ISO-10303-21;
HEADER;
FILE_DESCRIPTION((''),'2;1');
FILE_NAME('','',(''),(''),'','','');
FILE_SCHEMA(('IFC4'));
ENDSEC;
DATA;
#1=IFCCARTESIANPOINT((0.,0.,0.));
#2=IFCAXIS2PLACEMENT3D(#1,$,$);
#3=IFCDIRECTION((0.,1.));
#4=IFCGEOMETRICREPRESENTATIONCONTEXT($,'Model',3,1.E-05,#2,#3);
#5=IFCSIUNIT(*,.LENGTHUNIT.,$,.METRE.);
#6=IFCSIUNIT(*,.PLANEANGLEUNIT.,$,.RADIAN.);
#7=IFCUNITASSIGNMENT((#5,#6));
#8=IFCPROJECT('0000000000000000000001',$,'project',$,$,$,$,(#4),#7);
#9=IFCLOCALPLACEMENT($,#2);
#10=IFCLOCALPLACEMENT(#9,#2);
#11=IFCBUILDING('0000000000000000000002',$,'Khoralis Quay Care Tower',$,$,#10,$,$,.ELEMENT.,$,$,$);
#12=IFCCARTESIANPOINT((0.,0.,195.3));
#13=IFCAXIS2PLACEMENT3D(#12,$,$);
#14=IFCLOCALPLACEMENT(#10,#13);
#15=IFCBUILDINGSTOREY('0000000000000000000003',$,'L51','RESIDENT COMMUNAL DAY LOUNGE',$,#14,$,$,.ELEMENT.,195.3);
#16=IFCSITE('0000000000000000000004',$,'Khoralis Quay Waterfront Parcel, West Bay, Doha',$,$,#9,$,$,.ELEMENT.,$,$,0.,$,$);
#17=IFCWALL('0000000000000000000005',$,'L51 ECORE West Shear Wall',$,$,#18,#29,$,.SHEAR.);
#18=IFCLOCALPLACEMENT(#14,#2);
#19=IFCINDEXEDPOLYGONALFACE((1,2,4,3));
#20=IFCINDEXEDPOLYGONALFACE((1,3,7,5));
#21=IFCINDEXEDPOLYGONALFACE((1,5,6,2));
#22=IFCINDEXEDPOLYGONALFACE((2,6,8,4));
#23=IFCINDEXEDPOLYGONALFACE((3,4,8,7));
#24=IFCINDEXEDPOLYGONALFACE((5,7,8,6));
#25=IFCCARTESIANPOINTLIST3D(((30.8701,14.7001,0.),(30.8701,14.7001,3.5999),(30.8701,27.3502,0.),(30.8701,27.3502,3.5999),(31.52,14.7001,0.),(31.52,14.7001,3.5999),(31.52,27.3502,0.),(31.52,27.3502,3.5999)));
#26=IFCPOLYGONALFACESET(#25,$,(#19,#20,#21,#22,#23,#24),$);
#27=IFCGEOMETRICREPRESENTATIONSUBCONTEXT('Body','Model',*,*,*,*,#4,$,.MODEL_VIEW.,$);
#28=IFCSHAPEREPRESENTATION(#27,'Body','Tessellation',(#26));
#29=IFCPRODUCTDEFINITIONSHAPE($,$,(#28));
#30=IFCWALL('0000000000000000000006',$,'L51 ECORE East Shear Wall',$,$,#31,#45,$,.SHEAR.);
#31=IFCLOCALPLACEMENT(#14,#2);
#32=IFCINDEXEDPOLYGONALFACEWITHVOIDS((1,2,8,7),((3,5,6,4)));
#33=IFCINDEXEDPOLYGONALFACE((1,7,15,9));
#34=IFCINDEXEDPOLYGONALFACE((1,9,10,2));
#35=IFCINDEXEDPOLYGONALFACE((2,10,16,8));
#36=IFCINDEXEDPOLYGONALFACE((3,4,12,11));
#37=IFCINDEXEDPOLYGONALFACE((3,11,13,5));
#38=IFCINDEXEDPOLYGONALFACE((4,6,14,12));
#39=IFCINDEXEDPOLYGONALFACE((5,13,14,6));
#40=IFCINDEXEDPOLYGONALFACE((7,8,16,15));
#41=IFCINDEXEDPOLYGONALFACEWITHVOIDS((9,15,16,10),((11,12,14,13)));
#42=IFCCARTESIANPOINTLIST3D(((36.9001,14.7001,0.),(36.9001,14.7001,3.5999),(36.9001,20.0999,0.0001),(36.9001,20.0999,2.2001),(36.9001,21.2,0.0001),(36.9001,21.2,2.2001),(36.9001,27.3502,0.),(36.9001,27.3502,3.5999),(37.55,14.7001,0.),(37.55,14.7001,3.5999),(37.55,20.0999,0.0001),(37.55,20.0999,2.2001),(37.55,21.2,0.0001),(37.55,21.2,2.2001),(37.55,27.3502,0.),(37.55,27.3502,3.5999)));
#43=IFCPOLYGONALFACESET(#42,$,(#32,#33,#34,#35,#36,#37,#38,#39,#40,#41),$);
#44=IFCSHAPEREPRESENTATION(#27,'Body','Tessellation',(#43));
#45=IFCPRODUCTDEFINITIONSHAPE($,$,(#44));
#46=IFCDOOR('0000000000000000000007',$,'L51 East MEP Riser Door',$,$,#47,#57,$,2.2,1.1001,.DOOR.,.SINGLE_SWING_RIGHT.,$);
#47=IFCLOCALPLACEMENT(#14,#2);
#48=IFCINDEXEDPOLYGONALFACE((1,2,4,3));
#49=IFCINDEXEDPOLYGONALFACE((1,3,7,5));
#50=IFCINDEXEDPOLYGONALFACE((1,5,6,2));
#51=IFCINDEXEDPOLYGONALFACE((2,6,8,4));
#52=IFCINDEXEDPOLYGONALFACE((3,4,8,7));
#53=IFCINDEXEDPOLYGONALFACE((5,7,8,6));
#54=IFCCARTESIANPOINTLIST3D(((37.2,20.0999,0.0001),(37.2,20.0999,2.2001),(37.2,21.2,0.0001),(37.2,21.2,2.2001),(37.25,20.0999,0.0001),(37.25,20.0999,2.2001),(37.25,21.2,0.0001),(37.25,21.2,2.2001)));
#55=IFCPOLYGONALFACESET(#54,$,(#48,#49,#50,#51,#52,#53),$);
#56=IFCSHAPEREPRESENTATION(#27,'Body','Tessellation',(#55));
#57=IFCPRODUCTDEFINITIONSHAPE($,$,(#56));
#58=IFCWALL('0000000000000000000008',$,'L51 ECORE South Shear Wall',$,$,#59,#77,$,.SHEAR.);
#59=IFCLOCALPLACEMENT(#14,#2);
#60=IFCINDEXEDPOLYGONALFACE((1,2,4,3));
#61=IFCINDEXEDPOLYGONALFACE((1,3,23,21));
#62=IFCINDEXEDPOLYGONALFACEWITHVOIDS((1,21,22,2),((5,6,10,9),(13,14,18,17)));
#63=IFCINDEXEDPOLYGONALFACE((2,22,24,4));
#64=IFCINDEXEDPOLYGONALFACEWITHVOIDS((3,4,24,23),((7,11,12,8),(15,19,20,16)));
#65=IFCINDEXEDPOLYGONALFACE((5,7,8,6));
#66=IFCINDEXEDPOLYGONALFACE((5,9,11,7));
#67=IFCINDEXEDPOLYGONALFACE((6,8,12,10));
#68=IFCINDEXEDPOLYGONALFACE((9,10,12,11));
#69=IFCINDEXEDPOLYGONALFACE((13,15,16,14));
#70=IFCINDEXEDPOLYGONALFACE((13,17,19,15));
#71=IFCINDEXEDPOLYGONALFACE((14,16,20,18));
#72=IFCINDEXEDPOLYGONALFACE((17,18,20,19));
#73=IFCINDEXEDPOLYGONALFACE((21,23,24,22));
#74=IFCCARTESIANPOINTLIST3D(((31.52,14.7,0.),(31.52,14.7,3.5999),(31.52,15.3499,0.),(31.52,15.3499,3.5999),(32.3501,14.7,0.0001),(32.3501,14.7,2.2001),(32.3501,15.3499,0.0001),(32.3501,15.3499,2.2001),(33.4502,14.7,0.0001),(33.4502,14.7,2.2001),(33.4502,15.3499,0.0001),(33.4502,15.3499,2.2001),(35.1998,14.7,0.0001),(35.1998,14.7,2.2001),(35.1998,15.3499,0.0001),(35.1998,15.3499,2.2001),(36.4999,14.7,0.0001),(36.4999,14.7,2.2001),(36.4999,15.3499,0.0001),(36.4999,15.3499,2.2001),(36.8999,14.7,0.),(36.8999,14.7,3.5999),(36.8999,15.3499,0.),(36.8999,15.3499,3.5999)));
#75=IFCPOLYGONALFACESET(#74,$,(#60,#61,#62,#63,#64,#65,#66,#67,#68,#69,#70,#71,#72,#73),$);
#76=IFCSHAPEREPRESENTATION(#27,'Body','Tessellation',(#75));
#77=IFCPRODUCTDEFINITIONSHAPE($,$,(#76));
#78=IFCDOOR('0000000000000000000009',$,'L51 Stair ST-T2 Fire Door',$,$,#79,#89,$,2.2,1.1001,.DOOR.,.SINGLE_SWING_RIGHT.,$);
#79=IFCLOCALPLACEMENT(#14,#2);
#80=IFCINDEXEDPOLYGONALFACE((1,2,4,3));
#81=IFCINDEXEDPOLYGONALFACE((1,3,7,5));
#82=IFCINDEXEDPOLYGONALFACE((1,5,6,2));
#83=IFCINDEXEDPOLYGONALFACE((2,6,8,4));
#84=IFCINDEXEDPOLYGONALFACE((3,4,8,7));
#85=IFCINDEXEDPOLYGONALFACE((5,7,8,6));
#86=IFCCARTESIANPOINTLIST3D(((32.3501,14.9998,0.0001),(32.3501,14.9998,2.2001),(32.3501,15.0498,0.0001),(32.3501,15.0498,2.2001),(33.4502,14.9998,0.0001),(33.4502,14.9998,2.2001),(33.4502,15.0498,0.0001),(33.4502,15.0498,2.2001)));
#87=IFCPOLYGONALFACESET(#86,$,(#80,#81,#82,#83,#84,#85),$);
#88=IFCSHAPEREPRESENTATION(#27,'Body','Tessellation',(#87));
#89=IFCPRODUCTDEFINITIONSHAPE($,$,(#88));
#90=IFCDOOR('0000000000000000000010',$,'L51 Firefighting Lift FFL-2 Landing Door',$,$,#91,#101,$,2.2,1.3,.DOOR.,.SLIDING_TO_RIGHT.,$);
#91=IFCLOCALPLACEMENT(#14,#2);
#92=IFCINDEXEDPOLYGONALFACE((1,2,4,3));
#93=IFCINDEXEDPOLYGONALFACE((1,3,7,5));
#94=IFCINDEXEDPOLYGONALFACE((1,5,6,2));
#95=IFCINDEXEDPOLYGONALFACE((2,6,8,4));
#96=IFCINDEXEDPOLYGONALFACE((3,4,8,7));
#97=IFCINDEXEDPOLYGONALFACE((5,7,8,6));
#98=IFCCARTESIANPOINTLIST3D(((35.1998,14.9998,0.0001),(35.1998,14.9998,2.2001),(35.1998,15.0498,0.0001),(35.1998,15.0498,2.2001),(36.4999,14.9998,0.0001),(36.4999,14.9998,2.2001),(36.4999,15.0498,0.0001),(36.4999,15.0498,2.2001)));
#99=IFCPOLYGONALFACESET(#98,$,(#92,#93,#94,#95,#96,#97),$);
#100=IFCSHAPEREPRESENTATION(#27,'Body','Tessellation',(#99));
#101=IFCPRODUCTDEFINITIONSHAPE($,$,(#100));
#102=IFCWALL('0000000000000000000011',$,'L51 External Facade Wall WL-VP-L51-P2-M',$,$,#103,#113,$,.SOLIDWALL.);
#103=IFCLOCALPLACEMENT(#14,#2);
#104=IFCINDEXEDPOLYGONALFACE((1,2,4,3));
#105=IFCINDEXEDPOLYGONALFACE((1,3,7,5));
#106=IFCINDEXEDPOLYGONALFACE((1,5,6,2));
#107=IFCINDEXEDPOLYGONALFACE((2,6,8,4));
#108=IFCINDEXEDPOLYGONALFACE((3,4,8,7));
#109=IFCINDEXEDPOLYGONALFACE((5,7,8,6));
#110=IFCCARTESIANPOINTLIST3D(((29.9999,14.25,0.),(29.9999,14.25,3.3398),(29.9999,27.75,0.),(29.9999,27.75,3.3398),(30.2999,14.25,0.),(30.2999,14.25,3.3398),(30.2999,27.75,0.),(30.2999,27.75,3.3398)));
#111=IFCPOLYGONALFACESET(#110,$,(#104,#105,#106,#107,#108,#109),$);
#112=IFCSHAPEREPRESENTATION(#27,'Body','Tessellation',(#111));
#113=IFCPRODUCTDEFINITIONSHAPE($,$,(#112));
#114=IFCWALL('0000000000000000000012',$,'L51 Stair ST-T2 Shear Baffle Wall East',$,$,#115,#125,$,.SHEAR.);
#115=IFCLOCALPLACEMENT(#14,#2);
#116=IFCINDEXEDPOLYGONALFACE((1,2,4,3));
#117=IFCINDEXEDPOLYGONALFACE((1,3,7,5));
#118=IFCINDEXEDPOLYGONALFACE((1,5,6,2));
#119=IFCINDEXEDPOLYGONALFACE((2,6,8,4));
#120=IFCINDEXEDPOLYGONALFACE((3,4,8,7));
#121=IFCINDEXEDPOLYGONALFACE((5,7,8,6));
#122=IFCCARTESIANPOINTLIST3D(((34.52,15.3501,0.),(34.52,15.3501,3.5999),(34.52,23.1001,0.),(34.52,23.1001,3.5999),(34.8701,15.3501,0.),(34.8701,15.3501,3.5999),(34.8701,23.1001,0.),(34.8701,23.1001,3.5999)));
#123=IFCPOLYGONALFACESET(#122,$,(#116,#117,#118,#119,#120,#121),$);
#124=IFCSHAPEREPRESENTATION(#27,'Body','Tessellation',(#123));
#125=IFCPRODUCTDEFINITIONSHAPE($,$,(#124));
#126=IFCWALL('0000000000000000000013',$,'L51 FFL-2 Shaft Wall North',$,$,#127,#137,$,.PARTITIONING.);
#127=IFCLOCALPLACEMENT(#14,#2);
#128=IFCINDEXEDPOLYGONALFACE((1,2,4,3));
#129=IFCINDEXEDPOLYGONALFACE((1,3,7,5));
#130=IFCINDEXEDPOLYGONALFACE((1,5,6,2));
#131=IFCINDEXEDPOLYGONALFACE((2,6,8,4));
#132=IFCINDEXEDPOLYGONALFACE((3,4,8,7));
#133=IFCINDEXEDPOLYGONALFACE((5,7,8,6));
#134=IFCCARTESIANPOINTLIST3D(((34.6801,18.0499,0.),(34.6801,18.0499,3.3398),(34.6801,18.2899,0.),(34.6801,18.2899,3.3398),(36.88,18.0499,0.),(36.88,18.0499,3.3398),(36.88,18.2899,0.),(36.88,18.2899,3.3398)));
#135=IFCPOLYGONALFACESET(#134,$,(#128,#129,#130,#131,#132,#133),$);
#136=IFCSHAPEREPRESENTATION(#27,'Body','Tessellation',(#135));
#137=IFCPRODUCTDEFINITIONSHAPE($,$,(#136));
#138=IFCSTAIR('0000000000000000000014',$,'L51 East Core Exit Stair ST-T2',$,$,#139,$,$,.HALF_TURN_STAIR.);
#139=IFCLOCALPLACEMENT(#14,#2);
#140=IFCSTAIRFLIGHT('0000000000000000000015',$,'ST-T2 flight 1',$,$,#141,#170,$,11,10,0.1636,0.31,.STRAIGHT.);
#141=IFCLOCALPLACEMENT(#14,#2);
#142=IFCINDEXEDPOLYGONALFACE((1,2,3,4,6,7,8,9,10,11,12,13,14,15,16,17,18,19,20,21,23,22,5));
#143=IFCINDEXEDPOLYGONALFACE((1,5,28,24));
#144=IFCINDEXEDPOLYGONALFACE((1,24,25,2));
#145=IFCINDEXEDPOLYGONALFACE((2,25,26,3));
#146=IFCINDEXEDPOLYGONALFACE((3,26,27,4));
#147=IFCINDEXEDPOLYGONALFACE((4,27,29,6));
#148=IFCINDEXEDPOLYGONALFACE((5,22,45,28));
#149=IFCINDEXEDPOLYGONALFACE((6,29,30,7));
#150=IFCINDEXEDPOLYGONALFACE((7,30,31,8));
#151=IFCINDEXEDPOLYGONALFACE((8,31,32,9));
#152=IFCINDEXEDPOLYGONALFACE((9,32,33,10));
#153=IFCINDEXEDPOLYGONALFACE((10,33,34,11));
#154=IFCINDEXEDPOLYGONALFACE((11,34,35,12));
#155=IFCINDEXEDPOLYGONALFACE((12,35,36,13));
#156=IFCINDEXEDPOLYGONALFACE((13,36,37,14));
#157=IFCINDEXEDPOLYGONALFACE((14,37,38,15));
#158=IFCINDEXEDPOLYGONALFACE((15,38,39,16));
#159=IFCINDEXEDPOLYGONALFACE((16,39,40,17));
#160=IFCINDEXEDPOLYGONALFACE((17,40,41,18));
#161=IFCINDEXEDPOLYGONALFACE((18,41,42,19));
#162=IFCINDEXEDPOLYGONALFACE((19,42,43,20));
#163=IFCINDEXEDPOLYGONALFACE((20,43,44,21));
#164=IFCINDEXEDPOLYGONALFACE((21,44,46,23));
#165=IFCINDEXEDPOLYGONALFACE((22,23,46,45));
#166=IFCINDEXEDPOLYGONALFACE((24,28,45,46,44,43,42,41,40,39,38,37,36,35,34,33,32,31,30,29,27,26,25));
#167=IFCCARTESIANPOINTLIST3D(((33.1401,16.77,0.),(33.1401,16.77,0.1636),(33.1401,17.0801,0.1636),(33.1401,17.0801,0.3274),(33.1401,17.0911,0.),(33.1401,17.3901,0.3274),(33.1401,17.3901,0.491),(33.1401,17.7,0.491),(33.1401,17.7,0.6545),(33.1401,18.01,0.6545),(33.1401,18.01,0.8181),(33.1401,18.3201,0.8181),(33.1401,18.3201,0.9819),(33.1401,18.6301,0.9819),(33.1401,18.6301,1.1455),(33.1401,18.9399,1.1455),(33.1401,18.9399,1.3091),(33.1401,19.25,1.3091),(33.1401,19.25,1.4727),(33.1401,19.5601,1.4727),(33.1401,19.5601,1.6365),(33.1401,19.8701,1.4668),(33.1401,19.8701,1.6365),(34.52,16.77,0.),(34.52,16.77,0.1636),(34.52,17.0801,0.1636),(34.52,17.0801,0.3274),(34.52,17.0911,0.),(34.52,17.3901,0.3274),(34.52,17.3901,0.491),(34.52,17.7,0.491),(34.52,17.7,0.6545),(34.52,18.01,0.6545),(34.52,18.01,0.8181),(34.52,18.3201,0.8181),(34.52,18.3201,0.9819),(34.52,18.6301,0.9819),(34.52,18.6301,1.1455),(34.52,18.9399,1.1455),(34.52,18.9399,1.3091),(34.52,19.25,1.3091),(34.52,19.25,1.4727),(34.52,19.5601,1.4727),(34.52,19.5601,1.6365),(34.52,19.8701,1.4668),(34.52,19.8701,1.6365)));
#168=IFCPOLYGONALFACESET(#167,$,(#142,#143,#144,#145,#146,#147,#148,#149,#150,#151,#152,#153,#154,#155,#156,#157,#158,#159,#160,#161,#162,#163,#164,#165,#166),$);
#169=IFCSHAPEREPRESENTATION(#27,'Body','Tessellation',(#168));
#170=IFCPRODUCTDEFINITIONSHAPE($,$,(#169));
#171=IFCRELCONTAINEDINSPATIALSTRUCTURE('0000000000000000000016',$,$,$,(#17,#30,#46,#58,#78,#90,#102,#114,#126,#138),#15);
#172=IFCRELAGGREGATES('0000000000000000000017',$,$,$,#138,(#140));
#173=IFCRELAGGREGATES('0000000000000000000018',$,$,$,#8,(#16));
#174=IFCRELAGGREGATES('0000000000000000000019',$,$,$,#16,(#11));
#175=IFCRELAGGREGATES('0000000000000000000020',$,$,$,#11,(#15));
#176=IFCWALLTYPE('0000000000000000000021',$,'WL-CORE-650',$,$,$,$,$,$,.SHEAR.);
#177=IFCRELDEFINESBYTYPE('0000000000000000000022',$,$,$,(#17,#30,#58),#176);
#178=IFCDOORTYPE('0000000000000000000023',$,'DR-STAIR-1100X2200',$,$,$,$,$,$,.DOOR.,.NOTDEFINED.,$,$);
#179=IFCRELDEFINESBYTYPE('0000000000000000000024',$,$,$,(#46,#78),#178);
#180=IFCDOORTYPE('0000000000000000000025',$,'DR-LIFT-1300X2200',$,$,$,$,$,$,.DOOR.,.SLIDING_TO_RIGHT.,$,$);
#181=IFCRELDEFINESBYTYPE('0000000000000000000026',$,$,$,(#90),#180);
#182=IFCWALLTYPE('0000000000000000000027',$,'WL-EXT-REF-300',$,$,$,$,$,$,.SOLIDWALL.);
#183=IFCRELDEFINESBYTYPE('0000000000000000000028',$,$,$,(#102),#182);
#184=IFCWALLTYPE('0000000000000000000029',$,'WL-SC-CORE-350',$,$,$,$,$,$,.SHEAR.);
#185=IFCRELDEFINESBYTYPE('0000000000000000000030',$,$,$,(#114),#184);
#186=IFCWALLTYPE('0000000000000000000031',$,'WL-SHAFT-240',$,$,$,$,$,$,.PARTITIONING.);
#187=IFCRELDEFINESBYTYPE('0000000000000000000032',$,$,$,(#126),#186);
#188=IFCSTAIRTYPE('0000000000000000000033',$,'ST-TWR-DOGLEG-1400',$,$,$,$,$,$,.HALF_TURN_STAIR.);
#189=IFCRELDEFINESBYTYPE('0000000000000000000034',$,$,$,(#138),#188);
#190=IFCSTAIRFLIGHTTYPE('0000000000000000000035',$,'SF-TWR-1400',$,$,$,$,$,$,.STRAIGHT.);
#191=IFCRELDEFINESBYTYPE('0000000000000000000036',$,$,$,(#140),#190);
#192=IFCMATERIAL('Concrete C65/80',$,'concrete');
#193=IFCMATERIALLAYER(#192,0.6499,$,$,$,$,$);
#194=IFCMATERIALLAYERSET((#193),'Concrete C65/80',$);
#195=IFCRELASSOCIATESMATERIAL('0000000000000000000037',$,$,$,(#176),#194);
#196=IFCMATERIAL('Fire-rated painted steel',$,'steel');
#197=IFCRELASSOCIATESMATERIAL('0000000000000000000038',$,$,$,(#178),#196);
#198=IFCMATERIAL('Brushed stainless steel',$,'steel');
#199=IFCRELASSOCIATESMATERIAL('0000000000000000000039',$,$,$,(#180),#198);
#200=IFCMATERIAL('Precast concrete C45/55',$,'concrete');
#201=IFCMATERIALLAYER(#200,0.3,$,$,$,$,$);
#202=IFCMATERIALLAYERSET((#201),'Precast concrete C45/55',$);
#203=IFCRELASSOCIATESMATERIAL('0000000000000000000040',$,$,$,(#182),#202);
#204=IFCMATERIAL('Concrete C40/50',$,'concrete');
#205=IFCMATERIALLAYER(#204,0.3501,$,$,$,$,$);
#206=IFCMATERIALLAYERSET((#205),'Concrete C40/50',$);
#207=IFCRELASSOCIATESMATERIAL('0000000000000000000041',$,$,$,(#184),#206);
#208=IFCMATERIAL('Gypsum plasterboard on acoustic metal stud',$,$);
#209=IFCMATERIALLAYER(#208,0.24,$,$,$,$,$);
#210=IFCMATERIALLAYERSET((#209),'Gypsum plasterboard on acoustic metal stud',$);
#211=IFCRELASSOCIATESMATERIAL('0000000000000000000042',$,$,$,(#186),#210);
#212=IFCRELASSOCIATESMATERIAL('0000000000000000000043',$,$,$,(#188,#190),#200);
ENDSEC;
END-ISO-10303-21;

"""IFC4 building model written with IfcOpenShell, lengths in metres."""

from ifc_helpers import new_model, si_unit, direction, frame, frame_2d, origin, place, context, subcontext, project, spatial, polyline, rectangle, outline, extrude, source, transform, mapped, material, layer, layer_set, type_object, element, fill, aggregate, save


model = new_model("IFC4")

# Units and contexts
model_context = context("Model", 3, precision=1e-05, world=origin(), true_north=direction((0.0, 1.0)))
body_context = subcontext(model_context, "Body", "Model", "MODEL_VIEW")
ifc_project = project(units=[si_unit("LENGTHUNIT", "METRE"), si_unit("PLANEANGLEUNIT", "RADIAN")], contexts=[model_context])

# Site, building, storey
site_placement = place(None, origin())
site = spatial("IfcSite", under=ifc_project, at=site_placement, Name="Khoralis Quay Waterfront Parcel, West Bay, Doha", CompositionType="ELEMENT", RefElevation=0.0)
building_placement = place(site_placement, origin())
building = spatial("IfcBuilding", under=site, at=building_placement, Name="Khoralis Quay Care Tower", CompositionType="ELEMENT")
storey_placement = place(building_placement, frame((0.0, 0.0, 195.3)))
storey = spatial("IfcBuildingStorey", under=building, at=storey_placement, Name="L51", Description="RESIDENT COMMUNAL DAY LOUNGE", CompositionType="ELEMENT", Elevation=195.3)

# Wall
ifc_material_1 = material(Name="Gypsum plasterboard on acoustic metal stud")
ifc_material_2 = material(Name="Concrete C65/80", Category="concrete")
ifc_layer_1 = layer(ifc_material_2, 0.6499)
ifc_layer_set_1 = layer_set([ifc_layer_1], Name="Concrete C65/80")
wall_type_1 = type_object("IfcWallType", Name="WL-CORE-650", PredefinedType="SHEAR", material=ifc_layer_set_1)
wall_1_placement = place(storey_placement, frame((31.1951, 14.7, 0.0), z_axis=(0.0, 0.0, 1.0), x_axis=(0.0, 1.0, 0.0)))
element("IfcWall", 1, at=wall_1_placement, inside=storey, type_object=wall_type_1, Name="L51 ECORE West Shear Wall", PredefinedType="SHEAR", context=body_context, shape_type="SweptSolid", body=[
    extrude(rectangle(XDim=12.6501, YDim=0.6499, at=frame_2d((6.3252, 0.0))), origin(), (0.0, 0.0, 1.0), 3.5999),
])

# Wall, opening, door
wall_2_placement = place(storey_placement, frame((37.2251, 14.7, 0.0), z_axis=(0.0, 0.0, 1.0), x_axis=(0.0, 1.0, 0.0)))
wall_2 = element("IfcWall", 2, at=wall_2_placement, inside=storey, type_object=wall_type_1, Name="L51 ECORE East Shear Wall", PredefinedType="SHEAR", context=body_context, shape_type="SweptSolid", body=[
    extrude(rectangle(XDim=12.6501, YDim=0.6499, at=frame_2d((6.3252, 0.0))), origin(), (0.0, 0.0, 1.0), 3.5999),
])
opening_1_placement = place(wall_2_placement, frame((5.3999, 0.0, 0.0)))
opening_1 = element("IfcOpeningElement", 3, at=opening_1_placement, cuts=wall_2, PredefinedType="OPENING", context=body_context, shape_type="SweptSolid", body=[
    extrude(rectangle(XDim=1.1001, YDim=2.2, at=frame_2d((0.55, 1.1001))), frame((0.0, 0.335, 0.0), z_axis=(0.0, -1.0, 0.0), x_axis=(1.0, 0.0, 0.0)), (0.0, 0.0, 1.0), 0.6699),
])
ifc_material_3 = material(Name="Fire-rated painted steel", Category="steel")
door_type_1 = type_object("IfcDoorType", Name="DR-STAIR-1100X2200", OperationType="NOTDEFINED", PredefinedType="DOOR", material=ifc_material_3)
shared_shape_1 = source(origin(), body_context, "Body", "SweptSolid", [
    extrude(rectangle(XDim=1.1001, YDim=2.2, at=frame_2d((0.55, 1.1001))), frame((0.0, 0.0249, 0.0), z_axis=(0.0, -1.0, 0.0), x_axis=(1.0, 0.0, 0.0)), (0.0, 0.0, 1.0), 0.05),
])
door_1_placement = place(opening_1_placement, frame((1.1001, 0.0, 0.0), z_axis=(0.0, 0.0, 1.0), x_axis=(-1.0, 0.0, 0.0)))
door_1 = element("IfcDoor", 4, at=door_1_placement, inside=storey, type_object=door_type_1, Name="L51 East MEP Riser Door", OperationType="SINGLE_SWING_RIGHT", OverallHeight=2.2, OverallWidth=1.1001, PredefinedType="DOOR", context=body_context, shape_type="MappedRepresentation", body=[
    mapped(shared_shape_1, transform((0.0, 0.0, 0.0), scale=1.0)),
])
fill(opening_1, door_1)

# Wall, openings, doors
wall_3_placement = place(storey_placement, frame((31.52, 15.0249, 0.0), z_axis=(0.0, 0.0, 1.0), x_axis=(1.0, 0.0, 0.0)))
wall_3 = element("IfcWall", 5, at=wall_3_placement, inside=storey, type_object=wall_type_1, Name="L51 ECORE South Shear Wall", PredefinedType="SHEAR", context=body_context, shape_type="SweptSolid", body=[
    extrude(rectangle(XDim=5.3799, YDim=0.6499, at=frame_2d((2.6899, 0.0))), origin(), (0.0, 0.0, 1.0), 3.5999),
])
opening_2_placement = place(wall_3_placement, frame((0.8301, 0.0, 0.0)))
opening_2 = element("IfcOpeningElement", 6, at=opening_2_placement, cuts=wall_3, PredefinedType="OPENING", context=body_context, shape_type="SweptSolid", body=[
    extrude(rectangle(XDim=1.1001, YDim=2.2, at=frame_2d((0.55, 1.1001))), frame((0.0, 0.335, 0.0), z_axis=(0.0, -1.0, 0.0), x_axis=(1.0, 0.0, 0.0)), (0.0, 0.0, 1.0), 0.6699),
])
opening_3_placement = place(wall_3_placement, frame((3.6799, 0.0, 0.0)))
opening_3 = element("IfcOpeningElement", 7, at=opening_3_placement, cuts=wall_3, PredefinedType="OPENING", context=body_context, shape_type="SweptSolid", body=[
    extrude(rectangle(XDim=1.3, YDim=2.2, at=frame_2d((0.6499, 1.1001))), frame((0.0, 0.335, 0.0), z_axis=(0.0, -1.0, 0.0), x_axis=(1.0, 0.0, 0.0)), (0.0, 0.0, 1.0), 0.6699),
])
door_2_placement = place(opening_2_placement, origin())
door_2 = element("IfcDoor", 8, at=door_2_placement, inside=storey, type_object=door_type_1, Name="L51 Stair ST-T2 Fire Door", OperationType="SINGLE_SWING_RIGHT", OverallHeight=2.2, OverallWidth=1.1001, PredefinedType="DOOR", context=body_context, shape_type="MappedRepresentation", body=[
    mapped(shared_shape_1, transform((0.0, 0.0, 0.0), scale=1.0)),
])
fill(opening_2, door_2)
ifc_material_4 = material(Name="Brushed stainless steel", Category="steel")
door_type_2 = type_object("IfcDoorType", Name="DR-LIFT-1300X2200", OperationType="SLIDING_TO_RIGHT", PredefinedType="DOOR", material=ifc_material_4)
shared_shape_2 = source(origin(), body_context, "Body", "SweptSolid", [
    extrude(rectangle(XDim=1.3, YDim=2.2, at=frame_2d((0.6499, 1.1001))), frame((0.0, 0.0249, 0.0), z_axis=(0.0, -1.0, 0.0), x_axis=(1.0, 0.0, 0.0)), (0.0, 0.0, 1.0), 0.05),
])
door_3_placement = place(opening_3_placement, origin())
door_3 = element("IfcDoor", 9, at=door_3_placement, inside=storey, type_object=door_type_2, Name="L51 Firefighting Lift FFL-2 Landing Door", OperationType="SLIDING_TO_RIGHT", OverallHeight=2.2, OverallWidth=1.3, PredefinedType="DOOR", context=body_context, shape_type="MappedRepresentation", body=[
    mapped(shared_shape_2, transform((0.0, 0.0, 0.0), scale=1.0)),
])
fill(opening_3, door_3)

# Walls
ifc_material_5 = material(Name="Precast concrete C45/55", Category="concrete")
ifc_layer_2 = layer(ifc_material_5, 0.3)
ifc_layer_set_2 = layer_set([ifc_layer_2], Name="Precast concrete C45/55")
wall_type_2 = type_object("IfcWallType", Name="WL-EXT-REF-300", PredefinedType="SOLIDWALL", material=ifc_layer_set_2)
wall_4_placement = place(storey_placement, frame((30.1499, 14.25, 0.0), z_axis=(0.0, 0.0, 1.0), x_axis=(0.0, 1.0, 0.0)))
element("IfcWall", 10, at=wall_4_placement, inside=storey, type_object=wall_type_2, Name="L51 External Facade Wall WL-VP-L51-P2-M", PredefinedType="SOLIDWALL", context=body_context, shape_type="SweptSolid", body=[
    extrude(rectangle(XDim=13.5, YDim=0.3, at=frame_2d((6.75, 0.0))), origin(), (0.0, 0.0, 1.0), 3.3398),
])
ifc_material_6 = material(Name="Concrete C40/50", Category="concrete")
ifc_layer_3 = layer(ifc_material_6, 0.3501)
ifc_layer_set_3 = layer_set([ifc_layer_3], Name="Concrete C40/50")
wall_type_3 = type_object("IfcWallType", Name="WL-SC-CORE-350", PredefinedType="SHEAR", material=ifc_layer_set_3)
wall_5_placement = place(storey_placement, frame((34.6951, 15.3501, 0.0), z_axis=(0.0, 0.0, 1.0), x_axis=(0.0, 1.0, 0.0)))
element("IfcWall", 11, at=wall_5_placement, inside=storey, type_object=wall_type_3, Name="L51 Stair ST-T2 Shear Baffle Wall East", PredefinedType="SHEAR", context=body_context, shape_type="SweptSolid", body=[
    extrude(rectangle(XDim=7.75, YDim=0.3501, at=frame_2d((3.875, 0.0))), origin(), (0.0, 0.0, 1.0), 3.5999),
])
ifc_layer_4 = layer(ifc_material_1, 0.24)
ifc_layer_set_4 = layer_set([ifc_layer_4], Name="Gypsum plasterboard on acoustic metal stud")
wall_type_4 = type_object("IfcWallType", Name="WL-SHAFT-240", PredefinedType="PARTITIONING", material=ifc_layer_set_4)
wall_6_placement = place(storey_placement, frame((34.6799, 18.1699, 0.0), z_axis=(0.0, 0.0, 1.0), x_axis=(1.0, 0.0, 0.0)))
element("IfcWall", 12, at=wall_6_placement, inside=storey, type_object=wall_type_4, Name="L51 FFL-2 Shaft Wall North", PredefinedType="PARTITIONING", context=body_context, shape_type="SweptSolid", body=[
    extrude(rectangle(XDim=2.2, YDim=0.24, at=frame_2d((1.1001, 0.0))), origin(), (0.0, 0.0, 1.0), 3.3398),
])

# Stair, stair flight
stair_type = type_object("IfcStairType", Name="ST-TWR-DOGLEG-1400", PredefinedType="HALF_TURN_STAIR", material=ifc_material_5)
stair_placement = place(storey_placement, origin())
stair = element("IfcStair", 13, at=stair_placement, inside=storey, type_object=stair_type, Name="L51 East Core Exit Stair ST-T2", PredefinedType="HALF_TURN_STAIR")
stair_flight_type = type_object("IfcStairFlightType", Name="SF-TWR-1400", PredefinedType="STRAIGHT", material=ifc_material_5)
shared_shape_3 = source(origin(), body_context, "Body", "SweptSolid", [
    extrude(outline(polyline([(0.0, 0.0), (0.0, 0.1636), (0.3101, 0.1636), (0.3101, 0.3274), (0.6201, 0.3274), (0.6201, 0.491), (0.9299, 0.491), (0.9299, 0.6545), (1.24, 0.6545), (1.24, 0.8181), (1.55, 0.8181), (1.55, 0.9819), (1.8601, 0.9819), (1.8601, 1.1455), (2.1699, 1.1455), (2.1699, 1.3091), (2.48, 1.3091), (2.48, 1.4727), (2.79, 1.4727), (2.79, 1.6365), (3.1001, 1.6365), (3.1001, 1.8), (3.1001, 1.4668), (0.321, 0.0), (0.0, 0.0)])), frame((0.0, 0.6899, 0.0), z_axis=(0.0, -1.0, 0.0), x_axis=(1.0, 0.0, 0.0)), (0.0, 0.0, 1.0), 1.3799),
])
stair_flight_1_placement = place(storey_placement, frame((33.8301, 16.77, 0.0), z_axis=(0.0, 0.0, 1.0), x_axis=(0.0, 1.0, 0.0)))
stair_flight_1 = element("IfcStairFlight", 14, at=stair_flight_1_placement, type_object=stair_flight_type, Name="ST-T2 flight 1", NumberOfRisers=11, NumberOfTreads=10, PredefinedType="STRAIGHT", RiserHeight=0.1636, TreadLength=0.31, context=body_context, shape_type="MappedRepresentation", body=[
    mapped(shared_shape_3, transform((0.0, 0.0, 0.0), scale=1.0)),
])
aggregate(stair, [stair_flight_1])

save(model, "model.ifc")
